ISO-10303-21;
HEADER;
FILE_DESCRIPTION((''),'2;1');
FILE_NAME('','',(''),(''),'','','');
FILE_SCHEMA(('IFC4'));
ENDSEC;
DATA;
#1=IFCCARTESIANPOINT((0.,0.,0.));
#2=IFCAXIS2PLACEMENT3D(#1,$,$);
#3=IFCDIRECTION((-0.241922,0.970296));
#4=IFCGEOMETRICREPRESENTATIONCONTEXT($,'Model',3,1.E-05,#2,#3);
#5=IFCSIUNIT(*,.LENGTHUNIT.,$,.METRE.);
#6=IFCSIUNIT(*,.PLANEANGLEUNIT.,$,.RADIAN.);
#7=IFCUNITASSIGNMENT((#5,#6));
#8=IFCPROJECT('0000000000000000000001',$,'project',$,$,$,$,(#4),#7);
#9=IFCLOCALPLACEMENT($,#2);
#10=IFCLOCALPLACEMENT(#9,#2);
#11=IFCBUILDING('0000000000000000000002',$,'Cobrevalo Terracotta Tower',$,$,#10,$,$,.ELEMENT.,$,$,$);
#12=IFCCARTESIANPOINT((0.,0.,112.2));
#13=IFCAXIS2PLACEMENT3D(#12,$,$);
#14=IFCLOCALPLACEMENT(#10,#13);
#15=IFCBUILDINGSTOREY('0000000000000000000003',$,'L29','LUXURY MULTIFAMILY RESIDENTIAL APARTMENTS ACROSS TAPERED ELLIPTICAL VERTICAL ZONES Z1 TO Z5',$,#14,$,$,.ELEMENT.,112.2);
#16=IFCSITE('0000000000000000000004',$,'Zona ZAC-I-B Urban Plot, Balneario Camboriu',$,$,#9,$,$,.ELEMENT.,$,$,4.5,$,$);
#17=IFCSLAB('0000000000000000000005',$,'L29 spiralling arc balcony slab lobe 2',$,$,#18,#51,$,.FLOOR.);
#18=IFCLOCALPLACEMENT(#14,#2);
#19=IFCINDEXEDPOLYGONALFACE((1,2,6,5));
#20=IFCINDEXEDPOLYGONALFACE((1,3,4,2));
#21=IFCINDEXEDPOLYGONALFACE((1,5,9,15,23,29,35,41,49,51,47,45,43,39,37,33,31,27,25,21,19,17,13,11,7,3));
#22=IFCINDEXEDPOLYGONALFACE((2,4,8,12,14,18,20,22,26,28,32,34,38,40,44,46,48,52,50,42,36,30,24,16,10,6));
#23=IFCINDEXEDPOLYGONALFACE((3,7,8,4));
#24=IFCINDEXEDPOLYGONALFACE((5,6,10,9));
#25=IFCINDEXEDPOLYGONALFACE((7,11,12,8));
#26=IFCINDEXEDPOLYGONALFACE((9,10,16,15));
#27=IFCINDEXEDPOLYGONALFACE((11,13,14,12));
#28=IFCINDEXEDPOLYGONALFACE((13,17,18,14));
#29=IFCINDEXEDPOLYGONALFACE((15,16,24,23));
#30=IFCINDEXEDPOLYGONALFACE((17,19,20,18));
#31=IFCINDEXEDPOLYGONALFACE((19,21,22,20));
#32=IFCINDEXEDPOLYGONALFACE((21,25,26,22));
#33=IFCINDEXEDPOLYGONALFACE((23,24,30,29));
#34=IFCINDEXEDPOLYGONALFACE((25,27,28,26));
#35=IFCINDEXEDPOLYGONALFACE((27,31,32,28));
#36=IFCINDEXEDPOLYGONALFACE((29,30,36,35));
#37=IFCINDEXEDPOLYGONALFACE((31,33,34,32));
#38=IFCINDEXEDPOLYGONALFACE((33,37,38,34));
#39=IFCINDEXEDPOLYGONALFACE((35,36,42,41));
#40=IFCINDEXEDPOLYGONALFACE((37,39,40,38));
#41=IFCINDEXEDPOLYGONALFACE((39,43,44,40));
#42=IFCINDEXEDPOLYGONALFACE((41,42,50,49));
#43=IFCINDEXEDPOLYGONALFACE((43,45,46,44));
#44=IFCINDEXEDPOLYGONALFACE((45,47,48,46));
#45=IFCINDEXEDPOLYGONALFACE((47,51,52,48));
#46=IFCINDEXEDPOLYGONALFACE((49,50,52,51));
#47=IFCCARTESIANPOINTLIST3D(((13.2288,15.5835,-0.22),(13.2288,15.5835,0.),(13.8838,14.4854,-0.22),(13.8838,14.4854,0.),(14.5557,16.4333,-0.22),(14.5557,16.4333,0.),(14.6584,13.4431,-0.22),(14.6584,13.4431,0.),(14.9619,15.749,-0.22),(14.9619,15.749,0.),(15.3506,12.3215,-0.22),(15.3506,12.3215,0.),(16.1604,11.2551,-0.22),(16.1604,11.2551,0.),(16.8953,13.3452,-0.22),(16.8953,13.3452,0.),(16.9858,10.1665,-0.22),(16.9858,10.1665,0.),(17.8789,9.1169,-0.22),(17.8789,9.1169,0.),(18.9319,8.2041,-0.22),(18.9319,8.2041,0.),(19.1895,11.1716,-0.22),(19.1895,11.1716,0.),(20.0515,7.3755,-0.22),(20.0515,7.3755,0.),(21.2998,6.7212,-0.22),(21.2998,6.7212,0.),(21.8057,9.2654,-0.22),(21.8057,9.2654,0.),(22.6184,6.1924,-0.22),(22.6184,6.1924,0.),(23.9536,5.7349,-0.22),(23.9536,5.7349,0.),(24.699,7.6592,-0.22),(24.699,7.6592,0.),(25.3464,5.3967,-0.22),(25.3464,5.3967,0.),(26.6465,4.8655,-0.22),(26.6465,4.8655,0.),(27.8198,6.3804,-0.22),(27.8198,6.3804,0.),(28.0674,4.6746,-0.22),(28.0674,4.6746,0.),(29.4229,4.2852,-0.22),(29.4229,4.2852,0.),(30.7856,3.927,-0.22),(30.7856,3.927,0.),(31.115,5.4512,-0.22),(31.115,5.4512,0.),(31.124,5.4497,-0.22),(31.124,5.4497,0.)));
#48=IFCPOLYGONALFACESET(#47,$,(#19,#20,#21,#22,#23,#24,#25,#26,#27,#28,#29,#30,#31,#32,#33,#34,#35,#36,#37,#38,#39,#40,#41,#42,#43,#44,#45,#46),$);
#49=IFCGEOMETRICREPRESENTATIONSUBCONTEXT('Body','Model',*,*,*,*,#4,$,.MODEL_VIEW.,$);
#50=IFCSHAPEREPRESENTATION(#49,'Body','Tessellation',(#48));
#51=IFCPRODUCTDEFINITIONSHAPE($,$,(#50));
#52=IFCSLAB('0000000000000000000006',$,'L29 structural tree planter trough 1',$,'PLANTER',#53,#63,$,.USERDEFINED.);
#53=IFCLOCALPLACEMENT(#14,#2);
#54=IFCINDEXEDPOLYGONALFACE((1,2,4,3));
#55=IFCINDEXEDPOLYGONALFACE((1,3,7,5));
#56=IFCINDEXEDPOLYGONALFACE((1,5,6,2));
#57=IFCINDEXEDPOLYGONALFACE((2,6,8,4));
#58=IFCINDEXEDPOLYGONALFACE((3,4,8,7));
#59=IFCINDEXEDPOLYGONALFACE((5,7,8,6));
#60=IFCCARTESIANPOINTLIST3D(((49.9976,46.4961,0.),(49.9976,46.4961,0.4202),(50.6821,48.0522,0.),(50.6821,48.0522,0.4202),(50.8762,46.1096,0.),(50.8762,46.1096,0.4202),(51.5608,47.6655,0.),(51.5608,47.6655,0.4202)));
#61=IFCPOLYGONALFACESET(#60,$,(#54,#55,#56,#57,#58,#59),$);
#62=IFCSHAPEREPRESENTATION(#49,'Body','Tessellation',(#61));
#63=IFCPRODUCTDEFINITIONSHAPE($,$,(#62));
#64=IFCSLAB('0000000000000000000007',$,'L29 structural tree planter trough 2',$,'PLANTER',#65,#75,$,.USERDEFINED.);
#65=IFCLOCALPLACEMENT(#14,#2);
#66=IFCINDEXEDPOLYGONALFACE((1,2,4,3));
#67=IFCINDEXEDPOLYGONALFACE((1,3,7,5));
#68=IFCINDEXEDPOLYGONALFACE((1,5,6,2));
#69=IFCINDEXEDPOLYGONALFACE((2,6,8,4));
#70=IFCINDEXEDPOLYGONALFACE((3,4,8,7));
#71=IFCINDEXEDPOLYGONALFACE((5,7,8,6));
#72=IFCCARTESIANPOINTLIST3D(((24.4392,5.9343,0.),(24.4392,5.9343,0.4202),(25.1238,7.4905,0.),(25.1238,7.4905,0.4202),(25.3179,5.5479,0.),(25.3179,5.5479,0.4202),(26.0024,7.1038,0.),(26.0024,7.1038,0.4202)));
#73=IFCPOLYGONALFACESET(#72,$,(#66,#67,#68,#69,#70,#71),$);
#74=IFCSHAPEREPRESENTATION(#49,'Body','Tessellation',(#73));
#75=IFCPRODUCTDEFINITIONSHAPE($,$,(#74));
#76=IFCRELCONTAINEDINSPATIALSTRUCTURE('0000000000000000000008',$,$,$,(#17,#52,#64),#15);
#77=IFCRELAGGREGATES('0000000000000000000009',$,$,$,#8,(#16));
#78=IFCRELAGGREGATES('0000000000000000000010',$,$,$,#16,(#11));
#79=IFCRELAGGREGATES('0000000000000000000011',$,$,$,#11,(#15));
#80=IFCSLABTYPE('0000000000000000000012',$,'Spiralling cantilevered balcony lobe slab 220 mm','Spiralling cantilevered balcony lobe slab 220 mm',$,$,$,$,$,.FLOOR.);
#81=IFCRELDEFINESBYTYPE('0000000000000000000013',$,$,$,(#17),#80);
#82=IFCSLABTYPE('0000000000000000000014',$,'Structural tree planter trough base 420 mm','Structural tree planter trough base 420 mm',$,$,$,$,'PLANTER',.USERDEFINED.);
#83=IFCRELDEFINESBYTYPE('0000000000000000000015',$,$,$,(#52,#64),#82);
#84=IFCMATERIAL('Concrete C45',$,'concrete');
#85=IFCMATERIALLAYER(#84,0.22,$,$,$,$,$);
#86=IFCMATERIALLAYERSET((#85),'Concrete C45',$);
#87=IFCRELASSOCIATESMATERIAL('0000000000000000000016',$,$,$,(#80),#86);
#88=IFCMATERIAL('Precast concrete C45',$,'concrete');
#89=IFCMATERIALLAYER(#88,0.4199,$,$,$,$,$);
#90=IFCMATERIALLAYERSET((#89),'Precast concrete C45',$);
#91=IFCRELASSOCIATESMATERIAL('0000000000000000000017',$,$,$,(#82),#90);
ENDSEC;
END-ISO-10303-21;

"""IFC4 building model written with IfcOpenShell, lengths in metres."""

from ifc_helpers import new_model, si_unit, direction, frame, origin, place, context, subcontext, project, spatial, polyline, outline, extrude, material, layer, layer_set, type_object, element, save


model = new_model("IFC4")

# Units and contexts
model_context = context("Model", 3, precision=1e-05, world=origin(), true_north=direction((-0.241922, 0.970296)))
body_context = subcontext(model_context, "Body", "Model", "MODEL_VIEW")
ifc_project = project(units=[si_unit("LENGTHUNIT", "METRE"), si_unit("PLANEANGLEUNIT", "RADIAN")], contexts=[model_context])

# Site, building, storey
site_placement = place(None, origin())
site = spatial("IfcSite", under=ifc_project, at=site_placement, Name="Zona ZAC-I-B Urban Plot, Balneario Camboriu", CompositionType="ELEMENT", RefElevation=4.5)
building_placement = place(site_placement, origin())
building = spatial("IfcBuilding", under=site, at=building_placement, Name="Cobrevalo Terracotta Tower", CompositionType="ELEMENT")
storey_placement = place(building_placement, frame((0.0, 0.0, 112.2)))
storey = spatial("IfcBuildingStorey", under=building, at=storey_placement, Name="L29", Description="LUXURY MULTIFAMILY RESIDENTIAL APARTMENTS ACROSS TAPERED ELLIPTICAL VERTICAL ZONES Z1 TO Z5", CompositionType="ELEMENT", Elevation=112.2)

# Slabs
ifc_material_1 = material(Name="Concrete C45", Category="concrete")
ifc_layer_1 = layer(ifc_material_1, 0.22)
ifc_layer_set_1 = layer_set([ifc_layer_1], Name="Concrete C45")
slab_type_1 = type_object("IfcSlabType", Name="Spiralling cantilevered balcony lobe slab 220 mm", Description="Spiralling cantilevered balcony lobe slab 220 mm", PredefinedType="FLOOR", material=ifc_layer_set_1)
slab_1_placement = place(storey_placement, frame((0.0, 0.0, -0.22)))
element("IfcSlab", 1, at=slab_1_placement, inside=storey, type_object=slab_type_1, Name="L29 spiralling arc balcony slab lobe 2", PredefinedType="FLOOR", context=body_context, shape_type="SweptSolid", body=[
    extrude(outline(polyline([(13.2288, 15.5835), (13.8838, 14.4854), (14.6584, 13.4431), (15.3506, 12.3215), (16.1604, 11.2551), (16.9858, 10.1665), (17.8789, 9.1169), (18.9319, 8.2041), (20.0515, 7.3755), (21.2998, 6.7212), (22.6184, 6.1924), (23.9536, 5.7349), (25.3464, 5.3967), (26.6465, 4.8655), (28.0674, 4.6746), (29.4229, 4.2852), (30.7856, 3.927), (31.124, 5.4497), (31.115, 5.4512), (27.8198, 6.3804), (24.699, 7.6592), (21.8057, 9.2654), (19.1895, 11.1716), (16.8953, 13.3452), (14.9619, 15.749), (14.5557, 16.4333), (13.2288, 15.5835)])), origin(), (0.0, 0.0, 1.0), 0.22),
])
ifc_material_2 = material(Name="Precast concrete C45", Category="concrete")
ifc_layer_2 = layer(ifc_material_2, 0.4199)
ifc_layer_set_2 = layer_set([ifc_layer_2], Name="Precast concrete C45")
slab_type_2 = type_object("IfcSlabType", Name="Structural tree planter trough base 420 mm", Description="Structural tree planter trough base 420 mm", ElementType="PLANTER", PredefinedType="USERDEFINED", material=ifc_layer_set_2)
slab_2_placement = place(storey_placement, origin())
element("IfcSlab", 2, at=slab_2_placement, inside=storey, type_object=slab_type_2, Name="L29 structural tree planter trough 1", ObjectType="PLANTER", PredefinedType="USERDEFINED", context=body_context, shape_type="SweptSolid", body=[
    extrude(outline(polyline([(50.8762, 46.1096), (51.5608, 47.6655), (50.6821, 48.0522), (49.9976, 46.4961), (50.8762, 46.1096)])), origin(), (0.0, 0.0, 1.0), 0.4202),
])
slab_3_placement = place(storey_placement, origin())
element("IfcSlab", 3, at=slab_3_placement, inside=storey, type_object=slab_type_2, Name="L29 structural tree planter trough 2", ObjectType="PLANTER", PredefinedType="USERDEFINED", context=body_context, shape_type="SweptSolid", body=[
    extrude(outline(polyline([(25.1238, 7.4905), (24.4392, 5.9343), (25.3179, 5.5479), (26.0024, 7.1038), (25.1238, 7.4905)])), origin(), (0.0, 0.0, 1.0), 0.4202),
])

save(model, "model.ifc")
